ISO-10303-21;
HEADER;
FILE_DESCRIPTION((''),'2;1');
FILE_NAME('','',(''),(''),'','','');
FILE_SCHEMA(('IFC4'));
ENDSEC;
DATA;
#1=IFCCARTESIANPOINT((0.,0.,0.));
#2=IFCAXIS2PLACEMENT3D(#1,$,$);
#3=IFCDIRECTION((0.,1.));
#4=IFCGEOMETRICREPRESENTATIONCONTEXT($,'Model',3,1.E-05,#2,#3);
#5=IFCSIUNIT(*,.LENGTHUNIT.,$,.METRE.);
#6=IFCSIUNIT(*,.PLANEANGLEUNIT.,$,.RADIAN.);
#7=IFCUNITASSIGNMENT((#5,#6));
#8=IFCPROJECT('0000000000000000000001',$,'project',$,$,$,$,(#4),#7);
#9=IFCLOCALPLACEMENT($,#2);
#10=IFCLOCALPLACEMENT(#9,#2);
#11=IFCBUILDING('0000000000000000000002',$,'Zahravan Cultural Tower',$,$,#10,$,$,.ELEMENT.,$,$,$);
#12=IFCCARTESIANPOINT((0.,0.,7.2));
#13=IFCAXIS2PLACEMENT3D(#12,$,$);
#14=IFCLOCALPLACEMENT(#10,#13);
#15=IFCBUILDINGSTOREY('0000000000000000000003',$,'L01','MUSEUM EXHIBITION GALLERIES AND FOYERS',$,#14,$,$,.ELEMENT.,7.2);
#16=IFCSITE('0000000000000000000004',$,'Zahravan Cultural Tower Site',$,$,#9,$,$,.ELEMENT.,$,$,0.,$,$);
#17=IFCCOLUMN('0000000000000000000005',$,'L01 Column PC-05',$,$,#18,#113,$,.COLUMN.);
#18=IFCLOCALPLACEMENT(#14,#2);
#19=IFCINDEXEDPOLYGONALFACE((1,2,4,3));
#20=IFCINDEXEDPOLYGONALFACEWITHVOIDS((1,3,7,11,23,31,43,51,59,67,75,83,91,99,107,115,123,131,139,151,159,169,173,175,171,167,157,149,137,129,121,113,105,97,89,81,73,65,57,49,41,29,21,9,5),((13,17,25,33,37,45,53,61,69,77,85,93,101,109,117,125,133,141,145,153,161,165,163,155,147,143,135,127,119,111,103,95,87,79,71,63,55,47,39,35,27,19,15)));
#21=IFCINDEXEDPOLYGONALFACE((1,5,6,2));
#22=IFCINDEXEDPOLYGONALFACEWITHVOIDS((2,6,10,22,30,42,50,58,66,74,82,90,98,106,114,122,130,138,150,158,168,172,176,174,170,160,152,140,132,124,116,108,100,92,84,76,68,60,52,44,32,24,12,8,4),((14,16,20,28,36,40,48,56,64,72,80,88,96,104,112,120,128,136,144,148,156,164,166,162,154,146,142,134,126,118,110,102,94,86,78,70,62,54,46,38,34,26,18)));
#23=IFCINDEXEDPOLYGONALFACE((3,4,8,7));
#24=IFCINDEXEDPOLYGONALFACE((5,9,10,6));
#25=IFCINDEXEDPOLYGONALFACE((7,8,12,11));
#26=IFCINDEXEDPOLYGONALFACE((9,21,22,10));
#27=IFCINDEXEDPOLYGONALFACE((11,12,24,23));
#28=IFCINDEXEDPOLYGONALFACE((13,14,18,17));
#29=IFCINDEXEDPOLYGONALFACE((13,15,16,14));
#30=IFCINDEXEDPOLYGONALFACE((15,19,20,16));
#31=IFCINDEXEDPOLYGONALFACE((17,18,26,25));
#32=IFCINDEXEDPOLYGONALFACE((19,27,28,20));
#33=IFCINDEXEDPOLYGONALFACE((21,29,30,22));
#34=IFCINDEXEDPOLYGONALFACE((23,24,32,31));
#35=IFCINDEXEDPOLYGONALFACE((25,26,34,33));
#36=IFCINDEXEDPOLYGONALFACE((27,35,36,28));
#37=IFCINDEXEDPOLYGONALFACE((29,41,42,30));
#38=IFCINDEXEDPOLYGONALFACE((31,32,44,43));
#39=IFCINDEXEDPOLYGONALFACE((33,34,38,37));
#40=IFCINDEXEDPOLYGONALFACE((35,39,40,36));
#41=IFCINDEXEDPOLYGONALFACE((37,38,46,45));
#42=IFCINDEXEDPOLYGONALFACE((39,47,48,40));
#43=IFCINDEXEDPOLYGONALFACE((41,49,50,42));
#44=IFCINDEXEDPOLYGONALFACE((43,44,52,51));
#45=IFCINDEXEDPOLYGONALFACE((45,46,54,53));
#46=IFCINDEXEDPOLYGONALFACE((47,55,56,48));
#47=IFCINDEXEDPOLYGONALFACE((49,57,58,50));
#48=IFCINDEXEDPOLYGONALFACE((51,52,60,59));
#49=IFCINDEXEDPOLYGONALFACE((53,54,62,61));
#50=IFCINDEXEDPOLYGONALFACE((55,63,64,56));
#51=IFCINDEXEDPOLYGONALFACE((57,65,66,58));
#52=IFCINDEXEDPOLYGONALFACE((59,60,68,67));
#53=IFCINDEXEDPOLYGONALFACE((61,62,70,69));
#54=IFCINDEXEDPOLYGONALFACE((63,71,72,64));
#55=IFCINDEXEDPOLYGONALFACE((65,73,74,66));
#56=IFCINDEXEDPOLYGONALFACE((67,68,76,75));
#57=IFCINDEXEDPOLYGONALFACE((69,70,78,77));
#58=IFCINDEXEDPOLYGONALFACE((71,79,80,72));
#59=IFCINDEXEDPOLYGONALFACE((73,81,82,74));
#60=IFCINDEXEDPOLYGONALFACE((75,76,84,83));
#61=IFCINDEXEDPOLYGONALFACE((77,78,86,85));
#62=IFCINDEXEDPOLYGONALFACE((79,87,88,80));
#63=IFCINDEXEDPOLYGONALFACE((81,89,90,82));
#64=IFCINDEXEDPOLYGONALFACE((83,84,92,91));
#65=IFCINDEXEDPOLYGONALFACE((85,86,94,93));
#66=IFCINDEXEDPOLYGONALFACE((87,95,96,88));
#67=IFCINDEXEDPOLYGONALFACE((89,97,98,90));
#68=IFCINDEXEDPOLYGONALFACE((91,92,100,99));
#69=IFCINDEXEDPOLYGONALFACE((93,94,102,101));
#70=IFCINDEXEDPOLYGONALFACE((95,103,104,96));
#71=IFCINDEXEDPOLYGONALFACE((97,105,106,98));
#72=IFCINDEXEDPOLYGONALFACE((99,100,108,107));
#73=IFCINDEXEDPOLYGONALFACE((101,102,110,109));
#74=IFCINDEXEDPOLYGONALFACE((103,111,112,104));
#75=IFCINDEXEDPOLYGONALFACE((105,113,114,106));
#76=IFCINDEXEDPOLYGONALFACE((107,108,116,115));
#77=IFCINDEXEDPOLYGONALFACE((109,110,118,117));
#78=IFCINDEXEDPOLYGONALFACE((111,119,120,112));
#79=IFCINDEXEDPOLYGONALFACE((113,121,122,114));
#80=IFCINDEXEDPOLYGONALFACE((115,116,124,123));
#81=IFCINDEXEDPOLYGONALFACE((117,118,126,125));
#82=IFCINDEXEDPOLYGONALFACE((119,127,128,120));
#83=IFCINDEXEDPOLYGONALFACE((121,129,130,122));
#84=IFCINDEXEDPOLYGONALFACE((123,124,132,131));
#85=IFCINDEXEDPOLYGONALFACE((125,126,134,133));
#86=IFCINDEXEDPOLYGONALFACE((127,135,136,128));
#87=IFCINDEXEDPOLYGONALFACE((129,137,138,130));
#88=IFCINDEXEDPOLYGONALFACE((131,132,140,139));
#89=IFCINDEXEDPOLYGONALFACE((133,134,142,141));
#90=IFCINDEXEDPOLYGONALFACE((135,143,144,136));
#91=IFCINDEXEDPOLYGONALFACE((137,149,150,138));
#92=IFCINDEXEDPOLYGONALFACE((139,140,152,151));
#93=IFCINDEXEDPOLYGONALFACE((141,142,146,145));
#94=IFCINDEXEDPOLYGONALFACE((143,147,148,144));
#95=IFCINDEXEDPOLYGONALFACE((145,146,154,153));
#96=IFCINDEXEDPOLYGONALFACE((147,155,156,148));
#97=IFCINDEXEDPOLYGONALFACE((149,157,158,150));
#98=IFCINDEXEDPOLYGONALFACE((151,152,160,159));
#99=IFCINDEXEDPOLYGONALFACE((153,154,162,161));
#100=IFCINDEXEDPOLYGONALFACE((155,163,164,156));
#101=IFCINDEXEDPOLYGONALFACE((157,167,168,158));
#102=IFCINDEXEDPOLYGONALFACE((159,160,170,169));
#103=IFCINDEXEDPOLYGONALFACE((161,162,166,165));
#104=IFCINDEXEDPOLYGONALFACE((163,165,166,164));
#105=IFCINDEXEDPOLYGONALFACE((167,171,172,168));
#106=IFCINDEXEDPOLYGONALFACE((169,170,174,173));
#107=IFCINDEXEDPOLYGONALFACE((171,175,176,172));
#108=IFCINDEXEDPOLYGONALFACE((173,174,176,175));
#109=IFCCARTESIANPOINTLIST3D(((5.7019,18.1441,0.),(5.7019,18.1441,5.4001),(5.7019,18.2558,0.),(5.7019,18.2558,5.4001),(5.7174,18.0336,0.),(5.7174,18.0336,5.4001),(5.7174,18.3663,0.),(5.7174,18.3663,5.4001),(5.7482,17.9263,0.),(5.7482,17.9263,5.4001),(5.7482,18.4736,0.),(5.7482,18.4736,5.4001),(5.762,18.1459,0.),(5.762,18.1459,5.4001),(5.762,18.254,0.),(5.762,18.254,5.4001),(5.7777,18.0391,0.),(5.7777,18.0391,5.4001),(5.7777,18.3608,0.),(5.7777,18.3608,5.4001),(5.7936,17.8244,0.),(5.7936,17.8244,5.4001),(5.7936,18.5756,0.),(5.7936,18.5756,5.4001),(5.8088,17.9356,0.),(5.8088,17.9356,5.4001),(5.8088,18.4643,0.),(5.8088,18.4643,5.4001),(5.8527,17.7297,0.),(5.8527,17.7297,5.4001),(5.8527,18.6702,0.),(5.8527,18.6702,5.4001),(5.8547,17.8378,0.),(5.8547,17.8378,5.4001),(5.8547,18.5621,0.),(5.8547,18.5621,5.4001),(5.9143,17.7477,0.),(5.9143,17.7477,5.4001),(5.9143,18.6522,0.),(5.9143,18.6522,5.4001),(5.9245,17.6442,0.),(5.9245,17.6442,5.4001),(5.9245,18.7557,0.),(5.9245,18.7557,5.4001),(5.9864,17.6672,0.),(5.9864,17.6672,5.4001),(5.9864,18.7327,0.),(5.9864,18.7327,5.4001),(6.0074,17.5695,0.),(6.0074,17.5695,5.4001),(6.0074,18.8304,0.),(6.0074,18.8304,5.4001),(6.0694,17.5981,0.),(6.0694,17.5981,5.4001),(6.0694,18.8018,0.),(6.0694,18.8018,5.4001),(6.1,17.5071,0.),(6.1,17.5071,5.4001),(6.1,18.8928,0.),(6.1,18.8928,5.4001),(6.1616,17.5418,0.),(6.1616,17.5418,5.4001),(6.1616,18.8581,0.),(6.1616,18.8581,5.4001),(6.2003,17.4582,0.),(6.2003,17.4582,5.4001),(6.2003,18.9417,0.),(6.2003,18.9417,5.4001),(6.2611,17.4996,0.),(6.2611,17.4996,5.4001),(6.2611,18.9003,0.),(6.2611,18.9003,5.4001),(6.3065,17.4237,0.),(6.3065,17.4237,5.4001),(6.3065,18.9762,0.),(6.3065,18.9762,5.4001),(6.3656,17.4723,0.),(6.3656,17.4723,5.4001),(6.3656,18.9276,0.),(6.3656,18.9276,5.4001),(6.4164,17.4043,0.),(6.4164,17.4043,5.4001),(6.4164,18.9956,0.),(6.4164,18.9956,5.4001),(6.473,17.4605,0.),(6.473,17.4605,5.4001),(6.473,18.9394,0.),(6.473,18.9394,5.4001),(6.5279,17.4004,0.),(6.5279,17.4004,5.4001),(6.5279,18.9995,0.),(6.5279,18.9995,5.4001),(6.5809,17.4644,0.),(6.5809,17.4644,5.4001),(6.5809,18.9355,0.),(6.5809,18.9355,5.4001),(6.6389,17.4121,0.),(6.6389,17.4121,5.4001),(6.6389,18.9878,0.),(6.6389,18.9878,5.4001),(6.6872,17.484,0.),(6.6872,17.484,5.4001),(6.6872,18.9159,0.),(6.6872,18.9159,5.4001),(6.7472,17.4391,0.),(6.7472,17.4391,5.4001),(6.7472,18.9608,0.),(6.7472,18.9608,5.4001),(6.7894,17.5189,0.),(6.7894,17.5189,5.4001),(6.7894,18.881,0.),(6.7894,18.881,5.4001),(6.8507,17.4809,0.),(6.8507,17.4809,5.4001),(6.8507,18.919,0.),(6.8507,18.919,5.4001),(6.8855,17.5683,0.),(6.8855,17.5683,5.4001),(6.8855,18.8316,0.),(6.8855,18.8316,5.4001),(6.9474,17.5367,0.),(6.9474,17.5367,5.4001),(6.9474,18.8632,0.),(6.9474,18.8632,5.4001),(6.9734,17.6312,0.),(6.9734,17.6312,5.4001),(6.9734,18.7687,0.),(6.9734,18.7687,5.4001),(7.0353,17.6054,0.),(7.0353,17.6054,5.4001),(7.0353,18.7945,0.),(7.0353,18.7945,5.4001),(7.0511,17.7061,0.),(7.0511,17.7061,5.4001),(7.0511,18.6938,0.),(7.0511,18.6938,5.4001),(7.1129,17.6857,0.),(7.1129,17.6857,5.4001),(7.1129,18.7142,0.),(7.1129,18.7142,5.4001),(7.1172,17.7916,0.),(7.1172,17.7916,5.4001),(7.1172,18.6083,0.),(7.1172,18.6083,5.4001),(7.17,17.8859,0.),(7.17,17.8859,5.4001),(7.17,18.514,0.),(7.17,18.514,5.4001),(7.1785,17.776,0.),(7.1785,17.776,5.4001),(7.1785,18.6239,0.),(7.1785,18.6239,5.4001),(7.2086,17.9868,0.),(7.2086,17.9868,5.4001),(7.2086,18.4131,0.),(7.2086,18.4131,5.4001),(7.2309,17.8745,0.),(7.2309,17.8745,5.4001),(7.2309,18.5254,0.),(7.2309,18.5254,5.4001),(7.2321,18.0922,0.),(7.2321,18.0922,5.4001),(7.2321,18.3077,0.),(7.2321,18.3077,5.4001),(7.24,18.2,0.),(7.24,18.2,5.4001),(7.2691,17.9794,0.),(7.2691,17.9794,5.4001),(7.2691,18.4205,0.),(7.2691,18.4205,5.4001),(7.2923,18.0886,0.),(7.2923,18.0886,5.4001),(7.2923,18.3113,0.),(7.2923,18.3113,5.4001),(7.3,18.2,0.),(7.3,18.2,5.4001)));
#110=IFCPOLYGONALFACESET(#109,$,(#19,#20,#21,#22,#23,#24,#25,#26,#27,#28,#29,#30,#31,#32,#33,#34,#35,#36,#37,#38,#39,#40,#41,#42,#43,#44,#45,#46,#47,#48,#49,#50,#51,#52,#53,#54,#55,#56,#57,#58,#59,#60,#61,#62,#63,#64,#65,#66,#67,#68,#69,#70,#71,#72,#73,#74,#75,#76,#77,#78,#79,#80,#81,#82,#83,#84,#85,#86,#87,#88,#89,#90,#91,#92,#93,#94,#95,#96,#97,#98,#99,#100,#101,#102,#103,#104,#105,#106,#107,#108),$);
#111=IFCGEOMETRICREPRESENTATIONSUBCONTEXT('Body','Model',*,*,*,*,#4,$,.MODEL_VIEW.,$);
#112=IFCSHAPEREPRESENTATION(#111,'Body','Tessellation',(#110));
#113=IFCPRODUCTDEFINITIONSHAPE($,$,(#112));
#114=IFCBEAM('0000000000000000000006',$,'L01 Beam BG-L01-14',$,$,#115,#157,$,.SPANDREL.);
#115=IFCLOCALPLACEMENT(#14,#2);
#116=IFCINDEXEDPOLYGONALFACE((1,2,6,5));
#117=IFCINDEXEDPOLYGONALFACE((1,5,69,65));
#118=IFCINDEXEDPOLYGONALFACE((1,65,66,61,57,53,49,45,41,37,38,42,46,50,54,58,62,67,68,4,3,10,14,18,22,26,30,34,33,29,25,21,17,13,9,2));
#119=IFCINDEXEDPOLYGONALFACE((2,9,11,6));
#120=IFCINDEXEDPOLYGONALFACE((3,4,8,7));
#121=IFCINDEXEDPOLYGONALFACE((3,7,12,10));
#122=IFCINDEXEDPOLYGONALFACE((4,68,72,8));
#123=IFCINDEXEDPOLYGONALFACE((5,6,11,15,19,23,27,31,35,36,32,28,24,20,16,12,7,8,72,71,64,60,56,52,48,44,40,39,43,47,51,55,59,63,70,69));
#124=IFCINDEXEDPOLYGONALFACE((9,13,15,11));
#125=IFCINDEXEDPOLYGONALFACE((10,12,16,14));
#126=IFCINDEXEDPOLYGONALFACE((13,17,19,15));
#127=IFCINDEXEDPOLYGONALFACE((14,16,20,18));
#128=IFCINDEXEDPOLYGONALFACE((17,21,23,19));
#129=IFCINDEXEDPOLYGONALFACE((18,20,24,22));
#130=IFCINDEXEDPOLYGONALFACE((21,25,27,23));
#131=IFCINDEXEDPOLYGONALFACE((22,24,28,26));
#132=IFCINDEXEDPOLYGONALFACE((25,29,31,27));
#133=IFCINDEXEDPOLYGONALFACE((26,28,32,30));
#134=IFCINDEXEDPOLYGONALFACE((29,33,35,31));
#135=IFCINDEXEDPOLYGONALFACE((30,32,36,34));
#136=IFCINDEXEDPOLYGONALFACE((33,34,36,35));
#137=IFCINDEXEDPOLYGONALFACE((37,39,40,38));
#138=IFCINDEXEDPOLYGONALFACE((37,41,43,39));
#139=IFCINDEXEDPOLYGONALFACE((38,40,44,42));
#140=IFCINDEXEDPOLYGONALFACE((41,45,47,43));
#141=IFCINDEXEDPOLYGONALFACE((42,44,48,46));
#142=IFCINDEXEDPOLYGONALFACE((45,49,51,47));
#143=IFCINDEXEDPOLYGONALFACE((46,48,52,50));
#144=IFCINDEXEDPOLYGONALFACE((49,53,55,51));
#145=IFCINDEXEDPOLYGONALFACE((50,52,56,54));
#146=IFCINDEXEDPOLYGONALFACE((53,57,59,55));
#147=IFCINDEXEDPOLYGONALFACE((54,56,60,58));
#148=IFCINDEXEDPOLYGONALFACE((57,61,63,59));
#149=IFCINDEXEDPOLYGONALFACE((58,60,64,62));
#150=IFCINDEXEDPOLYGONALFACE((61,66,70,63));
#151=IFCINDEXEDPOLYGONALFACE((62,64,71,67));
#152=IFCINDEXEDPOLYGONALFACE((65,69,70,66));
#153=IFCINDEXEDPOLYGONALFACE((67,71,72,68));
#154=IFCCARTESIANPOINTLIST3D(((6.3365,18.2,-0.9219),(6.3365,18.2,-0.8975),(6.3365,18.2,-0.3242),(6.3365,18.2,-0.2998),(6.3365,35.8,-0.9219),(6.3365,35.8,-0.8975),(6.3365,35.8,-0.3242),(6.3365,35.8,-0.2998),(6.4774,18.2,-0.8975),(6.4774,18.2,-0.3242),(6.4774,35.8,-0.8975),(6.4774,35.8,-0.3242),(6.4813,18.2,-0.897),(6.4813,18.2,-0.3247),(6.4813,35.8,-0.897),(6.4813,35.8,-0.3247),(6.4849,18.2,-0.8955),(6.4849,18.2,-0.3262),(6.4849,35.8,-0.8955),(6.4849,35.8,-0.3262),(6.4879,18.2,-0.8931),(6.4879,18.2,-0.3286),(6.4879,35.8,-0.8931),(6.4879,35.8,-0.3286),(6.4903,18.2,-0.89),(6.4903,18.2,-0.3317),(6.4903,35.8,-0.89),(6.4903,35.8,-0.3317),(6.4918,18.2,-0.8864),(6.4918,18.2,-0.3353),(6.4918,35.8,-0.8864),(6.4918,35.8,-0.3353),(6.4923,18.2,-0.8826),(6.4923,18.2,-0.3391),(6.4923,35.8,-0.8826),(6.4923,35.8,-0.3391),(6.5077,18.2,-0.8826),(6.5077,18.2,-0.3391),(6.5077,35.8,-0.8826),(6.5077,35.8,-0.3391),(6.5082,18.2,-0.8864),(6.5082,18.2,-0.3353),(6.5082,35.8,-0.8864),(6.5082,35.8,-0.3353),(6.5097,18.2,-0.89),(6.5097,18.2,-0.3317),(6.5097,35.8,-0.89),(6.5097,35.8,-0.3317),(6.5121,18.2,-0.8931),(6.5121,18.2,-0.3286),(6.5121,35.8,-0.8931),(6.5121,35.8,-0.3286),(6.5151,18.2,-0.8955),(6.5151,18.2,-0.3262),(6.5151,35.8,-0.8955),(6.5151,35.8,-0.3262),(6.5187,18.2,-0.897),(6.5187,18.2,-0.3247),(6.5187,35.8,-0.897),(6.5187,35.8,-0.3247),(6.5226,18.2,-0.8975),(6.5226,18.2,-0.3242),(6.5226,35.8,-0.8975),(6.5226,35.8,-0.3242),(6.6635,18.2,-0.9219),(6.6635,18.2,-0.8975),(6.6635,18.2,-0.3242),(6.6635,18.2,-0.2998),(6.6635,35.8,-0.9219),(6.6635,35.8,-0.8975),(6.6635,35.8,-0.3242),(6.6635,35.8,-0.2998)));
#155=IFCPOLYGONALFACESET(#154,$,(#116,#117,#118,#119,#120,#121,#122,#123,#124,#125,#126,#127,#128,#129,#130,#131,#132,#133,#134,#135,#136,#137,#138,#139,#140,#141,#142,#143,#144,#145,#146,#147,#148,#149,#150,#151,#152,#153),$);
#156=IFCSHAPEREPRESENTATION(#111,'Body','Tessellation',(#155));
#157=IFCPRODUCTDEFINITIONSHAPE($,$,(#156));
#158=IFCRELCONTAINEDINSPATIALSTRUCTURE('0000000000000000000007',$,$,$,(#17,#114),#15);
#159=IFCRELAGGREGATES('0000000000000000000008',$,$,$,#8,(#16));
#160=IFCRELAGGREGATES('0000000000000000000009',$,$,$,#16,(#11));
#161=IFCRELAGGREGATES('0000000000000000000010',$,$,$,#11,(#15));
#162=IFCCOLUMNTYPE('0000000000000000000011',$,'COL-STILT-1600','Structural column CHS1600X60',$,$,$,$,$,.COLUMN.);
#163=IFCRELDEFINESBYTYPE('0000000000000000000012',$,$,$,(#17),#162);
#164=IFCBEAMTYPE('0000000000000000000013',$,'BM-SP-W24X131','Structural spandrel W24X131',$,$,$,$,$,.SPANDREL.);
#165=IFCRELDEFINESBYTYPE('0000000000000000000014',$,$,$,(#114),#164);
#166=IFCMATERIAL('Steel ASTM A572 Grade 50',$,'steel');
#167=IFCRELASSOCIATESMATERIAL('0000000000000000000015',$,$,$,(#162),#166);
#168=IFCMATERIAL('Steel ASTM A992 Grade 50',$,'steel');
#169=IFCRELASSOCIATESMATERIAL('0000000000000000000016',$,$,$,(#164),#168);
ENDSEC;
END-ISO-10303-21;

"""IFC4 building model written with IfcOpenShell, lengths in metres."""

from ifc_helpers import new_model, si_unit, direction, frame, origin, origin_2d, place, context, subcontext, project, spatial, hollow_circle, i_section, extrude, source, transform, mapped, material, material_profile, profile_set, type_object, element, save


model = new_model("IFC4")

# Units and contexts
model_context = context("Model", 3, precision=1e-05, world=origin(), true_north=direction((0.0, 1.0)))
body_context = subcontext(model_context, "Body", "Model", "MODEL_VIEW")
ifc_project = project(units=[si_unit("LENGTHUNIT", "METRE"), si_unit("PLANEANGLEUNIT", "RADIAN")], contexts=[model_context])

# Site, building, storey
site_placement = place(None, origin())
site = spatial("IfcSite", under=ifc_project, at=site_placement, Name="Zahravan Cultural Tower Site", CompositionType="ELEMENT", RefElevation=0.0)
building_placement = place(site_placement, origin())
building = spatial("IfcBuilding", under=site, at=building_placement, Name="Zahravan Cultural Tower", CompositionType="ELEMENT")
storey_placement = place(building_placement, frame((0.0, 0.0, 7.2)))
storey = spatial("IfcBuildingStorey", under=building, at=storey_placement, Name="L01", Description="MUSEUM EXHIBITION GALLERIES AND FOYERS", CompositionType="ELEMENT", Elevation=7.2)

# Column
ifc_material_1 = material(Name="Steel ASTM A572 Grade 50", Category="steel")
ifc_material_profile_1 = material_profile(ifc_material_1, hollow_circle(Radius=0.8, WallThickness=0.0601, at=origin_2d()), Name="CHS1600X60")
ifc_profile_set_1 = profile_set([ifc_material_profile_1], Name="Steel ASTM A572 Grade 50")
column_type = type_object("IfcColumnType", Name="COL-STILT-1600", Description="Structural column CHS1600X60", PredefinedType="COLUMN", material=ifc_profile_set_1)
shared_shape_1 = source(origin(), body_context, "Body", "SweptSolid", [
    extrude(hollow_circle(Radius=0.8, WallThickness=0.0601, at=origin_2d()), origin(), (0.0, 0.0, 1.0), 5.4001),
])
column_placement = place(storey_placement, frame((6.5, 18.2, 0.0), z_axis=(0.0, 0.0, 1.0), x_axis=(1.0, 0.0, 0.0)))
element("IfcColumn", 1, at=column_placement, inside=storey, type_object=column_type, Name="L01 Column PC-05", PredefinedType="COLUMN", context=body_context, shape_type="MappedRepresentation", body=[
    mapped(shared_shape_1, transform((0.0, 0.0, 0.0), x_axis=(1.0, 0.0, 0.0), y_axis=(0.0, 1.0, 0.0), z_axis=(0.0, 0.0, 1.0), scale=1.0)),
])

# Beam
ifc_material_2 = material(Name="Steel ASTM A992 Grade 50", Category="steel")
ifc_material_profile_2 = material_profile(ifc_material_2, i_section(OverallWidth=0.3269, OverallDepth=0.6221, WebThickness=0.0154, FlangeThickness=0.0244, FilletRadius=0.0149, at=origin_2d()), Name="W24X131")
ifc_profile_set_2 = profile_set([ifc_material_profile_2], Name="Steel ASTM A992 Grade 50")
beam_type_1 = type_object("IfcBeamType", Name="BM-SP-W24X131", Description="Structural spandrel W24X131", PredefinedType="SPANDREL", material=ifc_profile_set_2)
shared_shape_2 = source(origin(), body_context, "Body", "SweptSolid", [
    extrude(i_section(OverallWidth=0.3269, OverallDepth=0.6221, WebThickness=0.0154, FlangeThickness=0.0244, FilletRadius=0.0149, at=origin_2d()), origin(), (0.0, 0.0, 1.0), 17.6001),
])
beam_1_placement = place(storey_placement, frame((6.5, 18.2, -0.6108), z_axis=(0.0, 1.0, 0.0), x_axis=(-1.0, 0.0, 0.0)))
element("IfcBeam", 2, at=beam_1_placement, inside=storey, type_object=beam_type_1, Name="L01 Beam BG-L01-14", PredefinedType="SPANDREL", context=body_context, shape_type="MappedRepresentation", body=[
    mapped(shared_shape_2, transform((0.0, 0.0, 0.0), x_axis=(1.0, 0.0, 0.0), y_axis=(0.0, 1.0, 0.0), z_axis=(0.0, 0.0, 1.0), scale=1.0)),
])

save(model, "model.ifc")
